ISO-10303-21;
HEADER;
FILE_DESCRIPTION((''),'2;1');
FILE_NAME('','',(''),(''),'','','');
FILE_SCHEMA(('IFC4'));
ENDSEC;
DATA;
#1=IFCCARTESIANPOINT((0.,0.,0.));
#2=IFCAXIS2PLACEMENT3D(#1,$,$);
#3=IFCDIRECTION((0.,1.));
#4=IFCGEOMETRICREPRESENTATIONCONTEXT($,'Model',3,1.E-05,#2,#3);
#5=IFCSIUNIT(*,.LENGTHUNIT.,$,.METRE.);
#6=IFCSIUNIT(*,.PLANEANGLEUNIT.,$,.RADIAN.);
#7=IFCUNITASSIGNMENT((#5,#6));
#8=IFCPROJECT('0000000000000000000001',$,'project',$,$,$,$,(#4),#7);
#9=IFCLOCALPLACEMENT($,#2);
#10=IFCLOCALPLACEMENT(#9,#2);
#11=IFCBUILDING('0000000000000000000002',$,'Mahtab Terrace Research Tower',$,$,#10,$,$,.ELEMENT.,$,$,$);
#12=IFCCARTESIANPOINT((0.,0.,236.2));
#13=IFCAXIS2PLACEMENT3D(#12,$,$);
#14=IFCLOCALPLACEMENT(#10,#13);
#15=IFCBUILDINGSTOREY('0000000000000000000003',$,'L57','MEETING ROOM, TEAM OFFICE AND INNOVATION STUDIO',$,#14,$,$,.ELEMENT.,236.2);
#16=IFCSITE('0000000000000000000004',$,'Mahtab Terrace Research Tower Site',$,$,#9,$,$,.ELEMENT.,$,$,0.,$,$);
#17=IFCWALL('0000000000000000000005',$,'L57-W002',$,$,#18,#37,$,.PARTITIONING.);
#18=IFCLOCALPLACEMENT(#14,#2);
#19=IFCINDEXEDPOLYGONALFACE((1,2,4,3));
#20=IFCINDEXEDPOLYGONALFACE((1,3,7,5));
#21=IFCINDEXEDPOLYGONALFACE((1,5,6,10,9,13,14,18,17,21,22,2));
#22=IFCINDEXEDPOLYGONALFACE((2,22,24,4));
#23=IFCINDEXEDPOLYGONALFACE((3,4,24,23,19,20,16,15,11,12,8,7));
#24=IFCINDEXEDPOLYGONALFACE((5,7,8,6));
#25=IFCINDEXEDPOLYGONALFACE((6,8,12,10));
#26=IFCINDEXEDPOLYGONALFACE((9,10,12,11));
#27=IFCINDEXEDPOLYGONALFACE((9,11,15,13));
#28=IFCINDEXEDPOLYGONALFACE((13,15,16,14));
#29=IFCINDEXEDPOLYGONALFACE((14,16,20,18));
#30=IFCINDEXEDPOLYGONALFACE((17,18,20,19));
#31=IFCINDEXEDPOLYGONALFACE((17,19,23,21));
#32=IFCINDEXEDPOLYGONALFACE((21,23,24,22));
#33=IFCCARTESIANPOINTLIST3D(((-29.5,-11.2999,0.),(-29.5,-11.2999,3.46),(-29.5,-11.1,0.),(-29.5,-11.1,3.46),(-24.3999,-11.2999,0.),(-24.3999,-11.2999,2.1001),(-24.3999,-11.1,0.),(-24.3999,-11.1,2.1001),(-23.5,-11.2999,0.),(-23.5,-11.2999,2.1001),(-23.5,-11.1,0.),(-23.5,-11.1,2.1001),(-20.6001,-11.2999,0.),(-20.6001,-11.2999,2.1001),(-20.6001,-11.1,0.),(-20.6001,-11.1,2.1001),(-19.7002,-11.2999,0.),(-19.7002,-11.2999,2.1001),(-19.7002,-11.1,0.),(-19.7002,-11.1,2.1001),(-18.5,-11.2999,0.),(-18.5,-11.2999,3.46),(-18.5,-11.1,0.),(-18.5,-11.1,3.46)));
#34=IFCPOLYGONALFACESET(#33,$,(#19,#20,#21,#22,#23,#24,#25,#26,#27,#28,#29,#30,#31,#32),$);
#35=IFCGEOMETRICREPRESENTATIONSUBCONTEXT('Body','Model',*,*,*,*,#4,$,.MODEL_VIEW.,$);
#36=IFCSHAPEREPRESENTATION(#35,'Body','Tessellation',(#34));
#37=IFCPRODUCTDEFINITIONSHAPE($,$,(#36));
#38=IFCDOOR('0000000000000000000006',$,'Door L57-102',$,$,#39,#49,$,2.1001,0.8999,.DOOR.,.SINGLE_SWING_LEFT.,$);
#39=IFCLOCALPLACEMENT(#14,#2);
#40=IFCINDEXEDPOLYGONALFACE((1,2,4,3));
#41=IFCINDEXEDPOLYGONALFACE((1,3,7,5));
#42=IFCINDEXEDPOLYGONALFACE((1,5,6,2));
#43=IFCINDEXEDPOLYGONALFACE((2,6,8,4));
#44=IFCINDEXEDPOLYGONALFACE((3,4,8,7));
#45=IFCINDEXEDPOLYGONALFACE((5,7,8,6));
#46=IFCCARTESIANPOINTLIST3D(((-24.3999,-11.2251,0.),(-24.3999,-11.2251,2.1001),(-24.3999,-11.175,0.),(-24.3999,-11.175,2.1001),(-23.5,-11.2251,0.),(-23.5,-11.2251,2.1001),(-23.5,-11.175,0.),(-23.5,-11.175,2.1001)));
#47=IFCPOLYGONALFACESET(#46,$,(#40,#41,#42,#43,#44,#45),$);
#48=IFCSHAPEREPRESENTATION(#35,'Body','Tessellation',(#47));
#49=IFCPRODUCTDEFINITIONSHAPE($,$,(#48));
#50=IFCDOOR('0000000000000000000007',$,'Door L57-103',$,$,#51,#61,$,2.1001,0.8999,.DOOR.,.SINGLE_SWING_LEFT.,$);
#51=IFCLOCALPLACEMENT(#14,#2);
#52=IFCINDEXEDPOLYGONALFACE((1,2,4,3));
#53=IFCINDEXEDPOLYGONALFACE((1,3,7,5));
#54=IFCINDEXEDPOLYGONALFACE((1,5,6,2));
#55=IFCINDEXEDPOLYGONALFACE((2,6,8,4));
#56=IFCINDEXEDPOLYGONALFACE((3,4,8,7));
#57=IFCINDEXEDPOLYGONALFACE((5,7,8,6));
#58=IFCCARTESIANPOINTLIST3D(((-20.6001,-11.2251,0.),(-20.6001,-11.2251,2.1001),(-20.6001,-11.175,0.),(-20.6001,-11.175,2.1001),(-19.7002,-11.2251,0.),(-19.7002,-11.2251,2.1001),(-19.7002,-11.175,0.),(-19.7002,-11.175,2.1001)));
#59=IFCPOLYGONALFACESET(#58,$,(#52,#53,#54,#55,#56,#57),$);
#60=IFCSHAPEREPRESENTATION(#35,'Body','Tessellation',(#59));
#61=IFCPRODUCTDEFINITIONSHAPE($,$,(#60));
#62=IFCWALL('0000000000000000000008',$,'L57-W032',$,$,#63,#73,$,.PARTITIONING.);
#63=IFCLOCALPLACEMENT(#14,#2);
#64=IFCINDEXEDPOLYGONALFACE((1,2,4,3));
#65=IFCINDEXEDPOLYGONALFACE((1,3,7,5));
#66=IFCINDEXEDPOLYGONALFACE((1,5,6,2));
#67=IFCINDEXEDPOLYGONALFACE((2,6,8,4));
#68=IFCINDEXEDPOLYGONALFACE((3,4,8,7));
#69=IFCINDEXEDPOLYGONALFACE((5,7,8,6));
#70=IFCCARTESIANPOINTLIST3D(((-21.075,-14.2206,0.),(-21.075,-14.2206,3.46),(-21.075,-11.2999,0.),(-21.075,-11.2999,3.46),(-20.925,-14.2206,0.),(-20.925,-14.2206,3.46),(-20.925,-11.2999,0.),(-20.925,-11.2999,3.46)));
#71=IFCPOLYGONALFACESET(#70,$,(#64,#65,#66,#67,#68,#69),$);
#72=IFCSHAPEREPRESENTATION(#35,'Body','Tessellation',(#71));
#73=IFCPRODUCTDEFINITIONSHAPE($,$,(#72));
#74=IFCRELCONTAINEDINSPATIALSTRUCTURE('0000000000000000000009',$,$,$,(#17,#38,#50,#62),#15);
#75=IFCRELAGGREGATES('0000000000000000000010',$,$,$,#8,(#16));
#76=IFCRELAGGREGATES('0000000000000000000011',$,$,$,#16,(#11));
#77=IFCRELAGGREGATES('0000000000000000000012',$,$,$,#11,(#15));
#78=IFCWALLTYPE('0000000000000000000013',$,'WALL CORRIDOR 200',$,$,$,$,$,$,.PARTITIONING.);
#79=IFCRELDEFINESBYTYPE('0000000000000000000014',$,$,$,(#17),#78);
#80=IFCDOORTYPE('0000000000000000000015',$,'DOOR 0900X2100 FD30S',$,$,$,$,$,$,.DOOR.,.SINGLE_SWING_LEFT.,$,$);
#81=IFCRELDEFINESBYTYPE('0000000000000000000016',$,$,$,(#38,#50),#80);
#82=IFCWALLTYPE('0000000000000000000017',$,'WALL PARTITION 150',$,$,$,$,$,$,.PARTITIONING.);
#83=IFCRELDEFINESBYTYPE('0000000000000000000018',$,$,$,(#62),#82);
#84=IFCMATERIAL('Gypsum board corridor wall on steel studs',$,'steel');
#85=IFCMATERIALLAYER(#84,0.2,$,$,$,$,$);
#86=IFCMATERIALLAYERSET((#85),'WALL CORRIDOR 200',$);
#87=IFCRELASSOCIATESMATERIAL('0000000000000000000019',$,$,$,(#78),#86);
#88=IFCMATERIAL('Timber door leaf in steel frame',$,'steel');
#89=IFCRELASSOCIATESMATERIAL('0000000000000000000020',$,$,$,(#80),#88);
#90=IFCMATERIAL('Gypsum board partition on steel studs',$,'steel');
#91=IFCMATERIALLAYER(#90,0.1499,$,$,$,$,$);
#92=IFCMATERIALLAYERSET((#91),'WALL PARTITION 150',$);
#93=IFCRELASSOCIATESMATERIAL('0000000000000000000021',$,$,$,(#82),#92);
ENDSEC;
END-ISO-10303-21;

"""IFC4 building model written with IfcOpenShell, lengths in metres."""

from ifc_helpers import new_model, si_unit, direction, frame, frame_2d, origin, place, context, subcontext, project, spatial, rectangle, extrude, material, layer, layer_set, type_object, element, fill, save


model = new_model("IFC4")

# Units and contexts
model_context = context("Model", 3, precision=1e-05, world=origin(), true_north=direction((0.0, 1.0)))
body_context = subcontext(model_context, "Body", "Model", "MODEL_VIEW")
ifc_project = project(units=[si_unit("LENGTHUNIT", "METRE"), si_unit("PLANEANGLEUNIT", "RADIAN")], contexts=[model_context])

# Site, building, storey
site_placement = place(None, origin())
site = spatial("IfcSite", under=ifc_project, at=site_placement, Name="Mahtab Terrace Research Tower Site", CompositionType="ELEMENT", RefElevation=0.0)
building_placement = place(site_placement, origin())
building = spatial("IfcBuilding", under=site, at=building_placement, Name="Mahtab Terrace Research Tower", CompositionType="ELEMENT")
storey_placement = place(building_placement, frame((0.0, 0.0, 236.2)))
storey = spatial("IfcBuildingStorey", under=building, at=storey_placement, Name="L57", Description="MEETING ROOM, TEAM OFFICE AND INNOVATION STUDIO", CompositionType="ELEMENT", Elevation=236.2)

# Wall, openings, doors
ifc_material_1 = material(Name="Gypsum board corridor wall on steel studs", Category="steel")
ifc_layer_1 = layer(ifc_material_1, 0.2)
ifc_layer_set_1 = layer_set([ifc_layer_1], Name="WALL CORRIDOR 200")
wall_type_1 = type_object("IfcWallType", Name="WALL CORRIDOR 200", PredefinedType="PARTITIONING", material=ifc_layer_set_1)
wall_1_placement = place(storey_placement, frame((-29.5, -11.2, 0.0), z_axis=(0.0, 0.0, 1.0), x_axis=(1.0, 0.0, 0.0)))
wall_1 = element("IfcWall", 1, at=wall_1_placement, inside=storey, type_object=wall_type_1, Name="L57-W002", PredefinedType="PARTITIONING", context=body_context, shape_type="SweptSolid", body=[
    extrude(rectangle(XDim=11.0, YDim=0.2, at=frame_2d((5.5, 0.0))), origin(), (0.0, 0.0, 1.0), 3.46),
])
opening_1_placement = place(wall_1_placement, frame((5.1001, 0.0, 0.0)))
opening_1 = element("IfcOpeningElement", 2, at=opening_1_placement, cuts=wall_1, PredefinedType="OPENING", context=body_context, shape_type="SweptSolid", body=[
    extrude(rectangle(XDim=0.8999, YDim=2.1001, at=frame_2d((0.45, 1.05))), frame((0.0, 0.1099, 0.0), z_axis=(0.0, -1.0, 0.0), x_axis=(1.0, 0.0, 0.0)), (0.0, 0.0, 1.0), 0.22),
])
opening_2_placement = place(wall_1_placement, frame((8.8999, 0.0, 0.0)))
opening_2 = element("IfcOpeningElement", 3, at=opening_2_placement, cuts=wall_1, PredefinedType="OPENING", context=body_context, shape_type="SweptSolid", body=[
    extrude(rectangle(XDim=0.8999, YDim=2.1001, at=frame_2d((0.45, 1.05))), frame((0.0, 0.1099, 0.0), z_axis=(0.0, -1.0, 0.0), x_axis=(1.0, 0.0, 0.0)), (0.0, 0.0, 1.0), 0.22),
])
ifc_material_2 = material(Name="Timber door leaf in steel frame", Category="steel")
door_type_1 = type_object("IfcDoorType", Name="DOOR 0900X2100 FD30S", OperationType="SINGLE_SWING_LEFT", PredefinedType="DOOR", material=ifc_material_2)
door_1_placement = place(opening_1_placement, origin())
door_1 = element("IfcDoor", 4, at=door_1_placement, inside=storey, type_object=door_type_1, Name="Door L57-102", OperationType="SINGLE_SWING_LEFT", OverallHeight=2.1001, OverallWidth=0.8999, PredefinedType="DOOR", context=body_context, shape_type="SweptSolid", body=[
    extrude(rectangle(XDim=0.8999, YDim=2.1001, at=frame_2d((0.45, 1.05))), frame((0.0, 0.0249, 0.0), z_axis=(0.0, -1.0, 0.0), x_axis=(1.0, 0.0, 0.0)), (0.0, 0.0, 1.0), 0.05),
])
fill(opening_1, door_1)
door_2_placement = place(opening_2_placement, origin())
door_2 = element("IfcDoor", 5, at=door_2_placement, inside=storey, type_object=door_type_1, Name="Door L57-103", OperationType="SINGLE_SWING_LEFT", OverallHeight=2.1001, OverallWidth=0.8999, PredefinedType="DOOR", context=body_context, shape_type="SweptSolid", body=[
    extrude(rectangle(XDim=0.8999, YDim=2.1001, at=frame_2d((0.45, 1.05))), frame((0.0, 0.0249, 0.0), z_axis=(0.0, -1.0, 0.0), x_axis=(1.0, 0.0, 0.0)), (0.0, 0.0, 1.0), 0.05),
])
fill(opening_2, door_2)

# Wall
ifc_material_3 = material(Name="Gypsum board partition on steel studs", Category="steel")
ifc_layer_2 = layer(ifc_material_3, 0.1499)
ifc_layer_set_2 = layer_set([ifc_layer_2], Name="WALL PARTITION 150")
wall_type_2 = type_object("IfcWallType", Name="WALL PARTITION 150", PredefinedType="PARTITIONING", material=ifc_layer_set_2)
wall_2_placement = place(storey_placement, frame((-21.0, -14.2207, 0.0), z_axis=(0.0, 0.0, 1.0), x_axis=(0.0, 1.0, 0.0)))
element("IfcWall", 6, at=wall_2_placement, inside=storey, type_object=wall_type_2, Name="L57-W032", PredefinedType="PARTITIONING", context=body_context, shape_type="SweptSolid", body=[
    extrude(rectangle(XDim=2.9207, YDim=0.1499, at=frame_2d((1.4604, 0.0))), origin(), (0.0, 0.0, 1.0), 3.46),
])

save(model, "model.ifc")
